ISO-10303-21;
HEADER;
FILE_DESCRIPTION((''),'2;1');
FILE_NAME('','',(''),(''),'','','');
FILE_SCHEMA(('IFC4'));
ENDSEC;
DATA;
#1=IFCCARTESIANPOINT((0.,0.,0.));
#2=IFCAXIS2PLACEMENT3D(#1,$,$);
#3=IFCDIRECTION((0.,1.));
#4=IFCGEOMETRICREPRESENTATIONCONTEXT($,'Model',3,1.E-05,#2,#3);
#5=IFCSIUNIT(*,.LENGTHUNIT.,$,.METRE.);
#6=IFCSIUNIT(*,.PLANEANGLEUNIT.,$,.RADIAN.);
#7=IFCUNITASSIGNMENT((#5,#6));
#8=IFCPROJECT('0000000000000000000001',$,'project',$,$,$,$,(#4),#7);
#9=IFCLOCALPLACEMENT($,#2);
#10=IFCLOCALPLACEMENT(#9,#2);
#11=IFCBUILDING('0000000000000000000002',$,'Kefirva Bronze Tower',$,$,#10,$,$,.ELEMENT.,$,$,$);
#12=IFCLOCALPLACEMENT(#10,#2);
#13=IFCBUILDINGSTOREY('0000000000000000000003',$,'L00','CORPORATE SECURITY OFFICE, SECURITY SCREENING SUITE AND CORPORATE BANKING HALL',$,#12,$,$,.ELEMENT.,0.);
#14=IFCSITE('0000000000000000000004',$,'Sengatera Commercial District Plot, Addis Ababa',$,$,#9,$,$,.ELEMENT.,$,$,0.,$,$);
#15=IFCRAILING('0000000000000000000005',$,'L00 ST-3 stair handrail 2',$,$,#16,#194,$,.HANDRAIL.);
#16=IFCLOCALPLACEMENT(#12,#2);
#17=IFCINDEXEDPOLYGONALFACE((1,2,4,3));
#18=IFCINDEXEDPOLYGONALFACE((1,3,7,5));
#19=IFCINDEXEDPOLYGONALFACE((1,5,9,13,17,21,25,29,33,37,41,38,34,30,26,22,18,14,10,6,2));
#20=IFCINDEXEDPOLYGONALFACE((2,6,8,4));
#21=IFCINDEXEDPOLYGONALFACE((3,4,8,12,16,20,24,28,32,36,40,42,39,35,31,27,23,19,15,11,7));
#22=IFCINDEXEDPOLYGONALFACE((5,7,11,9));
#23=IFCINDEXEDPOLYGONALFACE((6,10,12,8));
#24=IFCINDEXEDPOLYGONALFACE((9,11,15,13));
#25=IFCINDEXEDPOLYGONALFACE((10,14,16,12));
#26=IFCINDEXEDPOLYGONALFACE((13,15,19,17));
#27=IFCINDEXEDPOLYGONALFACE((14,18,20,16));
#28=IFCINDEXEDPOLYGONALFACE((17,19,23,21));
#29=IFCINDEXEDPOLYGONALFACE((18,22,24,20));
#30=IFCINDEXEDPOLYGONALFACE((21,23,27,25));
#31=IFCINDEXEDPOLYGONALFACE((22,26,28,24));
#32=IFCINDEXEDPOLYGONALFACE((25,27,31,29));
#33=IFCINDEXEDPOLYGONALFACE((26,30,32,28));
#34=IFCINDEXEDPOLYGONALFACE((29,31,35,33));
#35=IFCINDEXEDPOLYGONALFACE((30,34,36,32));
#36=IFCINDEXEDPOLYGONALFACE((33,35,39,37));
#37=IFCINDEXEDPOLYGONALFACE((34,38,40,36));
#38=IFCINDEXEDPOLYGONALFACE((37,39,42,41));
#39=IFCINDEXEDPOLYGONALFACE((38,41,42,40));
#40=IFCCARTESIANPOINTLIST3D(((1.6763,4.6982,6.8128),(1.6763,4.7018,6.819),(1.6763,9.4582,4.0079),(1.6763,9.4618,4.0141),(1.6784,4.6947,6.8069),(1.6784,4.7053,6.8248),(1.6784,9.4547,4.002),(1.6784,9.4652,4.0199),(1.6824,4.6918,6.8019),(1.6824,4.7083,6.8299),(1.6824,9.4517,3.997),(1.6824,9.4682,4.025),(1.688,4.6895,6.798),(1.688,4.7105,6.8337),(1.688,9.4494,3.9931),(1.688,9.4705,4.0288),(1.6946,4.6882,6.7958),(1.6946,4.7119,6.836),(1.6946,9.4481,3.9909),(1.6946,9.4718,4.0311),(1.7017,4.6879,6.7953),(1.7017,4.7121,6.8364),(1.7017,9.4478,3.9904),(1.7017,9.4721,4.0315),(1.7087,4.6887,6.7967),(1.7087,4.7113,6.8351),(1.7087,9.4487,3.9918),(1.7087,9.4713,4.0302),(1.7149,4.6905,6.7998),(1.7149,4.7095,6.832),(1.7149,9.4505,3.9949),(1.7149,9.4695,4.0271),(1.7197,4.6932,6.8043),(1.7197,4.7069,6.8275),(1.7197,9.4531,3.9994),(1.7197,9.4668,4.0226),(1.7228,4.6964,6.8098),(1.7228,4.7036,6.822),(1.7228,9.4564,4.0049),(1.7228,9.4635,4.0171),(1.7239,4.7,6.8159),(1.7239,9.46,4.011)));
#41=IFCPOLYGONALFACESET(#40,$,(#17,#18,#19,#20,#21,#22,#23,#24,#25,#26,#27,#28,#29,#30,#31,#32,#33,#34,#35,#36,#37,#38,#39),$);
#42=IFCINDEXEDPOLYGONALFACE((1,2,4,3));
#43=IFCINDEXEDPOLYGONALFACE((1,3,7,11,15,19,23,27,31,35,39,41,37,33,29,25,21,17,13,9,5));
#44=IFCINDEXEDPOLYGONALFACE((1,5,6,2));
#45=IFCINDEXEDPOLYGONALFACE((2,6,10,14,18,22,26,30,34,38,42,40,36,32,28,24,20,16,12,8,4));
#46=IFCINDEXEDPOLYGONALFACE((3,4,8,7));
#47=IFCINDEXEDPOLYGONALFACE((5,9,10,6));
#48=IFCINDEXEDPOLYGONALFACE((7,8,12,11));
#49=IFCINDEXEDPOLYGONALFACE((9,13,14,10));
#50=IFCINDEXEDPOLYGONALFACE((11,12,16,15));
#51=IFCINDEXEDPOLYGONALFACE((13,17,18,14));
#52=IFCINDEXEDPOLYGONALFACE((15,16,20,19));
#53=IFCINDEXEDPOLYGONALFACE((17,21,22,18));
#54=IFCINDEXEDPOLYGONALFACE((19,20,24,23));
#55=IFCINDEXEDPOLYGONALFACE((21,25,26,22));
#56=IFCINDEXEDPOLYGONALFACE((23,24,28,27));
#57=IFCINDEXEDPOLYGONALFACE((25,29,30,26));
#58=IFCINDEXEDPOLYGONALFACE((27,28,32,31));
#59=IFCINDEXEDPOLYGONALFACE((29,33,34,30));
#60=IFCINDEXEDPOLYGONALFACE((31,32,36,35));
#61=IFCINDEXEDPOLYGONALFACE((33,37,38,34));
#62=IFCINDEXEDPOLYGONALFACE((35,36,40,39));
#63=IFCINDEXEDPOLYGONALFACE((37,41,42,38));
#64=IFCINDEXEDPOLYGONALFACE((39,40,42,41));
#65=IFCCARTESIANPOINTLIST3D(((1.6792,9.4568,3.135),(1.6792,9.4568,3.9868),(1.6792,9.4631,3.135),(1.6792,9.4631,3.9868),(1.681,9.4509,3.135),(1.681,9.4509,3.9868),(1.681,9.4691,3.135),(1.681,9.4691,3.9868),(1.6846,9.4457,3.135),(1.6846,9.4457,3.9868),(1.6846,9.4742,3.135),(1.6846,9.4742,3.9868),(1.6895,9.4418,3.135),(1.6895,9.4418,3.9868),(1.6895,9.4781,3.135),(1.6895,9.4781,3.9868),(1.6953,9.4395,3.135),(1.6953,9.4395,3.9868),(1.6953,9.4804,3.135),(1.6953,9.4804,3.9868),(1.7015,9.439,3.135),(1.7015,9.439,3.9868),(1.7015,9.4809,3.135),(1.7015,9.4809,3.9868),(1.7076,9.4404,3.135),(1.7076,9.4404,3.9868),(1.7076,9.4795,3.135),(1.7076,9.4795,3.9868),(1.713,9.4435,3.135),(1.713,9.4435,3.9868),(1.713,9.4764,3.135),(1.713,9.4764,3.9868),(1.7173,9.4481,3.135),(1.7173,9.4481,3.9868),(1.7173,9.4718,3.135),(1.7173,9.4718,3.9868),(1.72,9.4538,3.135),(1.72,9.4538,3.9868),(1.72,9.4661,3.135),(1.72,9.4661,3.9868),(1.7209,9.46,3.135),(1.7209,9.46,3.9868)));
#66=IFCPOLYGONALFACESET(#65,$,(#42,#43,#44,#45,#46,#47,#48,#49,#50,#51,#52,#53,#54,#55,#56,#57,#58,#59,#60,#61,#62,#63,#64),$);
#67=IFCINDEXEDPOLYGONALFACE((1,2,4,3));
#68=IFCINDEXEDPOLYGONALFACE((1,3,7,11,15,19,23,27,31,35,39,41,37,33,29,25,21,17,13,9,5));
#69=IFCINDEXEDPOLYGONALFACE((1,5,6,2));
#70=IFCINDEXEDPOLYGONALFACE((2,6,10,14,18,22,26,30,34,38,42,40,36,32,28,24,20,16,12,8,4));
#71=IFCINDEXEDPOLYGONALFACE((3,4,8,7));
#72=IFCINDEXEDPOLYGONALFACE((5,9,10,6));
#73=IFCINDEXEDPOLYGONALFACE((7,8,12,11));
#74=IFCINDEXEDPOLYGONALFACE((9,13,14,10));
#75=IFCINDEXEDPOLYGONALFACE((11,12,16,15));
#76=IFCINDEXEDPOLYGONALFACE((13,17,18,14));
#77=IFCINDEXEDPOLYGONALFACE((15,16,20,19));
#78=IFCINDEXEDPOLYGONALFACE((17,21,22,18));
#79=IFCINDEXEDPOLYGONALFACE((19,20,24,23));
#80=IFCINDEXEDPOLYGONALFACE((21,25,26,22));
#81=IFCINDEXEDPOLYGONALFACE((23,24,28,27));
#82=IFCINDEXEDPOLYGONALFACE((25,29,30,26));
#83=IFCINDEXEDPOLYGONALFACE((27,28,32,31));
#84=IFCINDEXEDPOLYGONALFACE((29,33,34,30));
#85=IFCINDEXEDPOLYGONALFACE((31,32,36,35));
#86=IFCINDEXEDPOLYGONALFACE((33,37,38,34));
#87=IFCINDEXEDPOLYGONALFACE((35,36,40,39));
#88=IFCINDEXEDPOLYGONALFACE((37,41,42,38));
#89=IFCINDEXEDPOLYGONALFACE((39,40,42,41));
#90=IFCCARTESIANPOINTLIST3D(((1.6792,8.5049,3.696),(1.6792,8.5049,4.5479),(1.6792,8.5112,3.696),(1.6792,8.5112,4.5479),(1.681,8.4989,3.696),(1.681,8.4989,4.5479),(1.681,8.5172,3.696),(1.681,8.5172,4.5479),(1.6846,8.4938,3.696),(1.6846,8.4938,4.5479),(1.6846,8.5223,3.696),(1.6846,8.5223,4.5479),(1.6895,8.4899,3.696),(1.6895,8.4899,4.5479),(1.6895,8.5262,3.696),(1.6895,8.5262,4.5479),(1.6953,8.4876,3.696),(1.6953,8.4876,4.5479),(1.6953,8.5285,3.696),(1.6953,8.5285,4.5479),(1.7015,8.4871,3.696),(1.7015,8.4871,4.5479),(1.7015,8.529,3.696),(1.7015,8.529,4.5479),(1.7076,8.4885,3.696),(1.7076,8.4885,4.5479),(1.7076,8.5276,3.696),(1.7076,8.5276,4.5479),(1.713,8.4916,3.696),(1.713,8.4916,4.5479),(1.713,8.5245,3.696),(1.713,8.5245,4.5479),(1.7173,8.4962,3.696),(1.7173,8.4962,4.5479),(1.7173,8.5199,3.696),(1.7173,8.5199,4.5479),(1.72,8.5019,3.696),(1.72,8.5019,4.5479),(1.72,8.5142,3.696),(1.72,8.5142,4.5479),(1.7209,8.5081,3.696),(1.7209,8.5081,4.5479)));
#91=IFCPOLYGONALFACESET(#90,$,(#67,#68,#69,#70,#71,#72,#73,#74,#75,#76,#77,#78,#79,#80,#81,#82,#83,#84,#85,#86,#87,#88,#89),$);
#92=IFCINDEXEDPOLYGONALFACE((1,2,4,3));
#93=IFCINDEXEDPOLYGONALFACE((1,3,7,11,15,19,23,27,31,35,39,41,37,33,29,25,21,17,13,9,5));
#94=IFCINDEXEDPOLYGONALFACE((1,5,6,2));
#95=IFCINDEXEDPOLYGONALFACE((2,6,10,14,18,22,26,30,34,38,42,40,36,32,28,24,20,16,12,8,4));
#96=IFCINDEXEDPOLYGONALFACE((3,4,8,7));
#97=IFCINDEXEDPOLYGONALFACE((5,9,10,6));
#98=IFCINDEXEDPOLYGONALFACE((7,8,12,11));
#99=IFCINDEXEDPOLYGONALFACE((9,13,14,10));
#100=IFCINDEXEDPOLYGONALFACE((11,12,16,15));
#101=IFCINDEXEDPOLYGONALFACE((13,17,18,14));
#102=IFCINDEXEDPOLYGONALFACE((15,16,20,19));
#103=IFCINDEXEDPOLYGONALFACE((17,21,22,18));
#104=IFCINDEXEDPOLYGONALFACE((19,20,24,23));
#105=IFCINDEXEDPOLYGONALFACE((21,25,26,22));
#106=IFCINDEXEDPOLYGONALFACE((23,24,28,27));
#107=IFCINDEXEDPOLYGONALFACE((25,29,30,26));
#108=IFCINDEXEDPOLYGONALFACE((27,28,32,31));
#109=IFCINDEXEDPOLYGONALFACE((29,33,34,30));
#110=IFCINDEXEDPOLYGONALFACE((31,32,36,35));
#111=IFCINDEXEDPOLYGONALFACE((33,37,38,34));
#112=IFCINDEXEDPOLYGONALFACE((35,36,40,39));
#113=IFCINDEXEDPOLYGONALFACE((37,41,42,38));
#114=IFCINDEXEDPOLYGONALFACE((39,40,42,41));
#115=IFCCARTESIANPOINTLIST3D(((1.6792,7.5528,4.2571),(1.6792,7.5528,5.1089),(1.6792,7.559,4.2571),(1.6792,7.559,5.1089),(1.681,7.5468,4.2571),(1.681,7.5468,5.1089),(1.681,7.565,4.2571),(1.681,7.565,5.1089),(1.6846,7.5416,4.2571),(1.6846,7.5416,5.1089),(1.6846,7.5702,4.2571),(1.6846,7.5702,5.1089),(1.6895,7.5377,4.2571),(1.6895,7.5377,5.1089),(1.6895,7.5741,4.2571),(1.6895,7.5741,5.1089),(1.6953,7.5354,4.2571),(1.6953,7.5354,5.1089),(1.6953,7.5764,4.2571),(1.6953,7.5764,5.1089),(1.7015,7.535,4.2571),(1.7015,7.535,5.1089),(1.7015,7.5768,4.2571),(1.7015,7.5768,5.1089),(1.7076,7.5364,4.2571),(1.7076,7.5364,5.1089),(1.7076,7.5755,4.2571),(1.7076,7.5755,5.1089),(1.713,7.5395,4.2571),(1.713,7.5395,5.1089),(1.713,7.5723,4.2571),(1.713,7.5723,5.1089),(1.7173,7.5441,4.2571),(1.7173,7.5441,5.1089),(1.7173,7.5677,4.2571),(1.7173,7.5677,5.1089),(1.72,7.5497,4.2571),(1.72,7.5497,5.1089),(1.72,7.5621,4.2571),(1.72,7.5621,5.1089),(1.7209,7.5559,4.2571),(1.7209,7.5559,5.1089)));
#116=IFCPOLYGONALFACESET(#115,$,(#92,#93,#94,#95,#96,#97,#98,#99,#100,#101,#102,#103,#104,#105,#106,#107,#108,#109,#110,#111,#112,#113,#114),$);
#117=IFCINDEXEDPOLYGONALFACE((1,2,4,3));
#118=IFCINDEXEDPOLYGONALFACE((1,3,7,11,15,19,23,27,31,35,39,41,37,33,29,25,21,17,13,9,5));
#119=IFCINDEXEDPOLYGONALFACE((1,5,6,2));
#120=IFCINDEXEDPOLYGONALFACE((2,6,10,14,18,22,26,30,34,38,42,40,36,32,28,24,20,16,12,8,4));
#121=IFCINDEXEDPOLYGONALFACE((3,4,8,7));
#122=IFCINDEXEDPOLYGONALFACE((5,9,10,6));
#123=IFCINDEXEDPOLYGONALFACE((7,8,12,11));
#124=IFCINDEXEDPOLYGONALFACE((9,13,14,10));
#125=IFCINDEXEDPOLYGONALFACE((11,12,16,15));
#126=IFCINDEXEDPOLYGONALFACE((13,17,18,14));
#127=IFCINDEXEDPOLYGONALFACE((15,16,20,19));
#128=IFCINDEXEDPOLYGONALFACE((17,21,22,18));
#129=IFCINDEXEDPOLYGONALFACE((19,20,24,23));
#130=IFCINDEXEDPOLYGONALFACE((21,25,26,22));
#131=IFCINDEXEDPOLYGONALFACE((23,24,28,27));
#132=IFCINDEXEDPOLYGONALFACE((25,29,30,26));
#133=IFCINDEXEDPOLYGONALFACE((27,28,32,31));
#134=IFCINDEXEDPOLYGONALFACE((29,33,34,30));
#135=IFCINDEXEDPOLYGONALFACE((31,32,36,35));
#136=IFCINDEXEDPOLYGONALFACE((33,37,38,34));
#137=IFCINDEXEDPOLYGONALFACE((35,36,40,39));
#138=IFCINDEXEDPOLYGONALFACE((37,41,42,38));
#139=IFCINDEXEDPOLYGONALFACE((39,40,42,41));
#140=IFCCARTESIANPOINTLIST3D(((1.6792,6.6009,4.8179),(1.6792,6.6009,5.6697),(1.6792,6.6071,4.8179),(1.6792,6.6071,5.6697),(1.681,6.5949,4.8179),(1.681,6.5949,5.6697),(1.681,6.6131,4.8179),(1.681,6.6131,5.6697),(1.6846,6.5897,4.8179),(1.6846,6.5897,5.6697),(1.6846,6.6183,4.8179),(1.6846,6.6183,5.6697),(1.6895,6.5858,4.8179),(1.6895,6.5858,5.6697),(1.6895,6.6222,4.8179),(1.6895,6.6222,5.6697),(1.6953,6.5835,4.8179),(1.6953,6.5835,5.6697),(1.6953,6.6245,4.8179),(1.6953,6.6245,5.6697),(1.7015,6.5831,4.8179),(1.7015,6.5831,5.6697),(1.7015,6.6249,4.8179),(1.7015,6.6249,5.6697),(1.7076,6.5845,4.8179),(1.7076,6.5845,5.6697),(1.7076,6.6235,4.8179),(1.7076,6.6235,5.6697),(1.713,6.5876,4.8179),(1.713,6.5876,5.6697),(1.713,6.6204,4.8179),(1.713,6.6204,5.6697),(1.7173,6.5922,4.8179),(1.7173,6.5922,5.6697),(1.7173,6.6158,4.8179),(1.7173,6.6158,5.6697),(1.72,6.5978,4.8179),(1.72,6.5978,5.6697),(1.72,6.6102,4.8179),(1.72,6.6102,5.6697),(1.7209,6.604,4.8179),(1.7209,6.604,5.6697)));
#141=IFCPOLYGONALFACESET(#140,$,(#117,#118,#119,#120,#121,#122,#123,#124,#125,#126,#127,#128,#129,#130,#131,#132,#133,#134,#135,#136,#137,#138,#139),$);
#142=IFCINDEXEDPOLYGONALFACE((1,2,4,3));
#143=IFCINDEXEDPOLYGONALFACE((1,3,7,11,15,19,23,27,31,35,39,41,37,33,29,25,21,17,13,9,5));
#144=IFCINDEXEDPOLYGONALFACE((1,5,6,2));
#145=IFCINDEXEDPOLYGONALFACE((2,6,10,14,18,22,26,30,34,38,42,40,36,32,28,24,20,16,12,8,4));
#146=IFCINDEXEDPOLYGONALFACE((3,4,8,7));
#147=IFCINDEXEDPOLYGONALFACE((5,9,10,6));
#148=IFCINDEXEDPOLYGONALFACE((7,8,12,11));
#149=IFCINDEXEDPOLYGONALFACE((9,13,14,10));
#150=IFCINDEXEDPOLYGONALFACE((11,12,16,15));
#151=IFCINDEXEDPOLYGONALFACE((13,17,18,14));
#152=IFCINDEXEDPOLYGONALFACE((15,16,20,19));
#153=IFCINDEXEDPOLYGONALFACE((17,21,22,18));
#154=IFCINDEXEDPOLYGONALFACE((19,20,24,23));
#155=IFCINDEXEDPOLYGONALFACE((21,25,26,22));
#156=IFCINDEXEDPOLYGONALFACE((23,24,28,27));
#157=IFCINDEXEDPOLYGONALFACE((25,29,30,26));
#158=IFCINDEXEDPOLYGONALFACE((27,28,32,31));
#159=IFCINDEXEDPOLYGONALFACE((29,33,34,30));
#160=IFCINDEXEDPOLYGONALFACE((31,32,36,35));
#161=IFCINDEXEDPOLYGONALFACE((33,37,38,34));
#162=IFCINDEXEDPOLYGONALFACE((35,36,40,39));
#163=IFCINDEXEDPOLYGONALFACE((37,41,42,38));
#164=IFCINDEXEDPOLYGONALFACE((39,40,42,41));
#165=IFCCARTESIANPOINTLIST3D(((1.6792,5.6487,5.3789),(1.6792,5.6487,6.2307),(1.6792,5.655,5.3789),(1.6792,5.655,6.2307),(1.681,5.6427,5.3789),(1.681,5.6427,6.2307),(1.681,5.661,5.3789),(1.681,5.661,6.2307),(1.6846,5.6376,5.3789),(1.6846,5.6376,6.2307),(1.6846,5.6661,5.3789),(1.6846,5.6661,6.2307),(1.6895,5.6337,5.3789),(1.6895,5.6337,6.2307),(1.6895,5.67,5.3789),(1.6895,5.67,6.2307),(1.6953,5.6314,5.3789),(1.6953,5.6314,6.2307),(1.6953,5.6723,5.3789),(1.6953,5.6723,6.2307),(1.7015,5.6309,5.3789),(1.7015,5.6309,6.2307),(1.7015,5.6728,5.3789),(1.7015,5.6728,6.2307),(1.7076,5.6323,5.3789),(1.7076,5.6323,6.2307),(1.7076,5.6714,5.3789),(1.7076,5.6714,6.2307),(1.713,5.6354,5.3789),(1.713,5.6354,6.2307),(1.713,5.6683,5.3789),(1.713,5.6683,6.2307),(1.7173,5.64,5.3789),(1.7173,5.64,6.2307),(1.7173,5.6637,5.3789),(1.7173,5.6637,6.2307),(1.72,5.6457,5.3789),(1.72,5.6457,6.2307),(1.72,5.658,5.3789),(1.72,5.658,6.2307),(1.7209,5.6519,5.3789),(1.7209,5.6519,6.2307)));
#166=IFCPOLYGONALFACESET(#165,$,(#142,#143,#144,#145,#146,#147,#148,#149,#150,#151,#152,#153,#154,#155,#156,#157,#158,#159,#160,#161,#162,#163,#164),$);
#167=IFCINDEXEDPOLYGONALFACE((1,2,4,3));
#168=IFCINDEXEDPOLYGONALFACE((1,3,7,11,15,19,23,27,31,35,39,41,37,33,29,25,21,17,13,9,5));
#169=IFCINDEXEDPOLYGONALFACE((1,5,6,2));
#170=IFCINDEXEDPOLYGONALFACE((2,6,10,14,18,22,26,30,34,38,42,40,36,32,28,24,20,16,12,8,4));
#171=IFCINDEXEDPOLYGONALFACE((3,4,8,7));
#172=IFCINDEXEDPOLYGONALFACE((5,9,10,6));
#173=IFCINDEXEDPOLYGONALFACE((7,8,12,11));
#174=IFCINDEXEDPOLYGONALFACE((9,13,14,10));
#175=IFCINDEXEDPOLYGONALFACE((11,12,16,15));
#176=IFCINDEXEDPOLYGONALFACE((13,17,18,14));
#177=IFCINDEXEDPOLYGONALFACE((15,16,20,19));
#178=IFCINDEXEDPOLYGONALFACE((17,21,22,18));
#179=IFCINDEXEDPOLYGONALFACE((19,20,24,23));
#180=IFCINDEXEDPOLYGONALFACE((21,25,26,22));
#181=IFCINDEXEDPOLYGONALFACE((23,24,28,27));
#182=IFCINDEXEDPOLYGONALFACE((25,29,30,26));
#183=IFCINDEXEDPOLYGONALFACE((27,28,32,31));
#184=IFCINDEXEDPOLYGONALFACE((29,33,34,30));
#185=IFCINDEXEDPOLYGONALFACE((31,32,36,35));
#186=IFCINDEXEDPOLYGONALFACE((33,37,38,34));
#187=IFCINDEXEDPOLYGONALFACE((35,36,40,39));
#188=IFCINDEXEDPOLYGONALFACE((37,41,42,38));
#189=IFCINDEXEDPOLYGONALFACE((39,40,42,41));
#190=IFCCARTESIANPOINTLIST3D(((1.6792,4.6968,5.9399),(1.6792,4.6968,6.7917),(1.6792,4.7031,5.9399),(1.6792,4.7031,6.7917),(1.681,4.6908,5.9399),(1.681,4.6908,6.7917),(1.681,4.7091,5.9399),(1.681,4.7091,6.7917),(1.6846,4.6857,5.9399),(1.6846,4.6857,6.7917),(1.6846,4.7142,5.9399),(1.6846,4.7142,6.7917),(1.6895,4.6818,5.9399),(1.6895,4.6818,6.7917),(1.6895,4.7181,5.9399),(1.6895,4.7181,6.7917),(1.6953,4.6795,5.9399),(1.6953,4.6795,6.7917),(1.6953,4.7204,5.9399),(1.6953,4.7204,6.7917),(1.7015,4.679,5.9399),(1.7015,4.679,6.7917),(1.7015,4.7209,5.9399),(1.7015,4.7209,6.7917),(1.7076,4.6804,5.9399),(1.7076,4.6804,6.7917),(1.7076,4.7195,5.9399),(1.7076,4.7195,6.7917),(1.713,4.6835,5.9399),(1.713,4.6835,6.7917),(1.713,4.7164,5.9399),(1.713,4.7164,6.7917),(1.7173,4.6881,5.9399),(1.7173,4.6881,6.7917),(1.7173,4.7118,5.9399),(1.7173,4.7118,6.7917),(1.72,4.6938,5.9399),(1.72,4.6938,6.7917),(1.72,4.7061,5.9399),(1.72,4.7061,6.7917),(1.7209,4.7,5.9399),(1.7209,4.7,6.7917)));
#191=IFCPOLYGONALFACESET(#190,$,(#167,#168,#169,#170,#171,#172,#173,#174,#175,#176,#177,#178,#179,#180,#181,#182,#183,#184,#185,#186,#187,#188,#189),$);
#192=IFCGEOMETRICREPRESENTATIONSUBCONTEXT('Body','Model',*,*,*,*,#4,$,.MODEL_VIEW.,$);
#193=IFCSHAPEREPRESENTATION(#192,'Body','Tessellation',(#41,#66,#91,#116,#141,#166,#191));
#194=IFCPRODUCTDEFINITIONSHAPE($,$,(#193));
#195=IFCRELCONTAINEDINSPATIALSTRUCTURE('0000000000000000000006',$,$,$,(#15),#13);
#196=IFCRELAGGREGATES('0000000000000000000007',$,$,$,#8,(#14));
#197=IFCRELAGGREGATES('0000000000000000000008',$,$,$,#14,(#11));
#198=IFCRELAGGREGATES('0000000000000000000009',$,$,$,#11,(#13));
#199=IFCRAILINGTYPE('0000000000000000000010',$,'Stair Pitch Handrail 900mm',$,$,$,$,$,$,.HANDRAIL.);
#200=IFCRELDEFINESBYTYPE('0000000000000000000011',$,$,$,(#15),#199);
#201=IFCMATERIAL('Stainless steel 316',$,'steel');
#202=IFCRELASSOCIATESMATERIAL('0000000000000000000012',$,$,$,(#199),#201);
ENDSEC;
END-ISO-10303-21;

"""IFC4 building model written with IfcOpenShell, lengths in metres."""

from ifc_helpers import new_model, si_unit, direction, frame, origin, origin_2d, place, context, subcontext, project, spatial, circle, extrude, material, type_object, element, save


model = new_model("IFC4")

# Units and contexts
model_context = context("Model", 3, precision=1e-05, world=origin(), true_north=direction((0.0, 1.0)))
body_context = subcontext(model_context, "Body", "Model", "MODEL_VIEW")
ifc_project = project(units=[si_unit("LENGTHUNIT", "METRE"), si_unit("PLANEANGLEUNIT", "RADIAN")], contexts=[model_context])

# Site, building, storey
site_placement = place(None, origin())
site = spatial("IfcSite", under=ifc_project, at=site_placement, Name="Sengatera Commercial District Plot, Addis Ababa", CompositionType="ELEMENT", RefElevation=0.0)
building_placement = place(site_placement, origin())
building = spatial("IfcBuilding", under=site, at=building_placement, Name="Kefirva Bronze Tower", CompositionType="ELEMENT")
storey_placement = place(building_placement, origin())
storey = spatial("IfcBuildingStorey", under=building, at=storey_placement, Name="L00", Description="CORPORATE SECURITY OFFICE, SECURITY SCREENING SUITE AND CORPORATE BANKING HALL", CompositionType="ELEMENT", Elevation=0.0)

# Railing
ifc_material_1 = material(Name="Stainless steel 316", Category="steel")
railing_type = type_object("IfcRailingType", Name="Stair Pitch Handrail 900mm", PredefinedType="HANDRAIL", material=ifc_material_1)
railing_placement = place(storey_placement, frame((1.7, 9.46, 3.135)))
element("IfcRailing", 1, at=railing_placement, inside=storey, type_object=railing_type, Name="L00 ST-3 stair handrail 2", PredefinedType="HANDRAIL", context=body_context, shape_type="SweptSolid", body=[
    extrude(circle(Radius=0.0239, at=origin_2d()), frame((0.0, 0.0, 0.876), z_axis=(0.0, -0.861544, 0.507682), x_axis=(1.0, 0.0, 0.0)), (0.0, 0.0, 1.0), 5.5249),
    extrude(circle(Radius=0.021, at=origin_2d()), origin(), (0.0, 0.0, 1.0), 0.8518),
    extrude(circle(Radius=0.021, at=origin_2d()), frame((0.0, -0.9519, 0.561)), (0.0, 0.0, 1.0), 0.8518),
    extrude(circle(Radius=0.021, at=origin_2d()), frame((0.0, -1.9041, 1.1221)), (0.0, 0.0, 1.0), 0.8518),
    extrude(circle(Radius=0.021, at=origin_2d()), frame((0.0, -2.856, 1.6829)), (0.0, 0.0, 1.0), 0.8518),
    extrude(circle(Radius=0.021, at=origin_2d()), frame((0.0, -3.8081, 2.2439)), (0.0, 0.0, 1.0), 0.8518),
    extrude(circle(Radius=0.021, at=origin_2d()), frame((0.0, -4.76, 2.8049)), (0.0, 0.0, 1.0), 0.8518),
])

save(model, "model.ifc")
